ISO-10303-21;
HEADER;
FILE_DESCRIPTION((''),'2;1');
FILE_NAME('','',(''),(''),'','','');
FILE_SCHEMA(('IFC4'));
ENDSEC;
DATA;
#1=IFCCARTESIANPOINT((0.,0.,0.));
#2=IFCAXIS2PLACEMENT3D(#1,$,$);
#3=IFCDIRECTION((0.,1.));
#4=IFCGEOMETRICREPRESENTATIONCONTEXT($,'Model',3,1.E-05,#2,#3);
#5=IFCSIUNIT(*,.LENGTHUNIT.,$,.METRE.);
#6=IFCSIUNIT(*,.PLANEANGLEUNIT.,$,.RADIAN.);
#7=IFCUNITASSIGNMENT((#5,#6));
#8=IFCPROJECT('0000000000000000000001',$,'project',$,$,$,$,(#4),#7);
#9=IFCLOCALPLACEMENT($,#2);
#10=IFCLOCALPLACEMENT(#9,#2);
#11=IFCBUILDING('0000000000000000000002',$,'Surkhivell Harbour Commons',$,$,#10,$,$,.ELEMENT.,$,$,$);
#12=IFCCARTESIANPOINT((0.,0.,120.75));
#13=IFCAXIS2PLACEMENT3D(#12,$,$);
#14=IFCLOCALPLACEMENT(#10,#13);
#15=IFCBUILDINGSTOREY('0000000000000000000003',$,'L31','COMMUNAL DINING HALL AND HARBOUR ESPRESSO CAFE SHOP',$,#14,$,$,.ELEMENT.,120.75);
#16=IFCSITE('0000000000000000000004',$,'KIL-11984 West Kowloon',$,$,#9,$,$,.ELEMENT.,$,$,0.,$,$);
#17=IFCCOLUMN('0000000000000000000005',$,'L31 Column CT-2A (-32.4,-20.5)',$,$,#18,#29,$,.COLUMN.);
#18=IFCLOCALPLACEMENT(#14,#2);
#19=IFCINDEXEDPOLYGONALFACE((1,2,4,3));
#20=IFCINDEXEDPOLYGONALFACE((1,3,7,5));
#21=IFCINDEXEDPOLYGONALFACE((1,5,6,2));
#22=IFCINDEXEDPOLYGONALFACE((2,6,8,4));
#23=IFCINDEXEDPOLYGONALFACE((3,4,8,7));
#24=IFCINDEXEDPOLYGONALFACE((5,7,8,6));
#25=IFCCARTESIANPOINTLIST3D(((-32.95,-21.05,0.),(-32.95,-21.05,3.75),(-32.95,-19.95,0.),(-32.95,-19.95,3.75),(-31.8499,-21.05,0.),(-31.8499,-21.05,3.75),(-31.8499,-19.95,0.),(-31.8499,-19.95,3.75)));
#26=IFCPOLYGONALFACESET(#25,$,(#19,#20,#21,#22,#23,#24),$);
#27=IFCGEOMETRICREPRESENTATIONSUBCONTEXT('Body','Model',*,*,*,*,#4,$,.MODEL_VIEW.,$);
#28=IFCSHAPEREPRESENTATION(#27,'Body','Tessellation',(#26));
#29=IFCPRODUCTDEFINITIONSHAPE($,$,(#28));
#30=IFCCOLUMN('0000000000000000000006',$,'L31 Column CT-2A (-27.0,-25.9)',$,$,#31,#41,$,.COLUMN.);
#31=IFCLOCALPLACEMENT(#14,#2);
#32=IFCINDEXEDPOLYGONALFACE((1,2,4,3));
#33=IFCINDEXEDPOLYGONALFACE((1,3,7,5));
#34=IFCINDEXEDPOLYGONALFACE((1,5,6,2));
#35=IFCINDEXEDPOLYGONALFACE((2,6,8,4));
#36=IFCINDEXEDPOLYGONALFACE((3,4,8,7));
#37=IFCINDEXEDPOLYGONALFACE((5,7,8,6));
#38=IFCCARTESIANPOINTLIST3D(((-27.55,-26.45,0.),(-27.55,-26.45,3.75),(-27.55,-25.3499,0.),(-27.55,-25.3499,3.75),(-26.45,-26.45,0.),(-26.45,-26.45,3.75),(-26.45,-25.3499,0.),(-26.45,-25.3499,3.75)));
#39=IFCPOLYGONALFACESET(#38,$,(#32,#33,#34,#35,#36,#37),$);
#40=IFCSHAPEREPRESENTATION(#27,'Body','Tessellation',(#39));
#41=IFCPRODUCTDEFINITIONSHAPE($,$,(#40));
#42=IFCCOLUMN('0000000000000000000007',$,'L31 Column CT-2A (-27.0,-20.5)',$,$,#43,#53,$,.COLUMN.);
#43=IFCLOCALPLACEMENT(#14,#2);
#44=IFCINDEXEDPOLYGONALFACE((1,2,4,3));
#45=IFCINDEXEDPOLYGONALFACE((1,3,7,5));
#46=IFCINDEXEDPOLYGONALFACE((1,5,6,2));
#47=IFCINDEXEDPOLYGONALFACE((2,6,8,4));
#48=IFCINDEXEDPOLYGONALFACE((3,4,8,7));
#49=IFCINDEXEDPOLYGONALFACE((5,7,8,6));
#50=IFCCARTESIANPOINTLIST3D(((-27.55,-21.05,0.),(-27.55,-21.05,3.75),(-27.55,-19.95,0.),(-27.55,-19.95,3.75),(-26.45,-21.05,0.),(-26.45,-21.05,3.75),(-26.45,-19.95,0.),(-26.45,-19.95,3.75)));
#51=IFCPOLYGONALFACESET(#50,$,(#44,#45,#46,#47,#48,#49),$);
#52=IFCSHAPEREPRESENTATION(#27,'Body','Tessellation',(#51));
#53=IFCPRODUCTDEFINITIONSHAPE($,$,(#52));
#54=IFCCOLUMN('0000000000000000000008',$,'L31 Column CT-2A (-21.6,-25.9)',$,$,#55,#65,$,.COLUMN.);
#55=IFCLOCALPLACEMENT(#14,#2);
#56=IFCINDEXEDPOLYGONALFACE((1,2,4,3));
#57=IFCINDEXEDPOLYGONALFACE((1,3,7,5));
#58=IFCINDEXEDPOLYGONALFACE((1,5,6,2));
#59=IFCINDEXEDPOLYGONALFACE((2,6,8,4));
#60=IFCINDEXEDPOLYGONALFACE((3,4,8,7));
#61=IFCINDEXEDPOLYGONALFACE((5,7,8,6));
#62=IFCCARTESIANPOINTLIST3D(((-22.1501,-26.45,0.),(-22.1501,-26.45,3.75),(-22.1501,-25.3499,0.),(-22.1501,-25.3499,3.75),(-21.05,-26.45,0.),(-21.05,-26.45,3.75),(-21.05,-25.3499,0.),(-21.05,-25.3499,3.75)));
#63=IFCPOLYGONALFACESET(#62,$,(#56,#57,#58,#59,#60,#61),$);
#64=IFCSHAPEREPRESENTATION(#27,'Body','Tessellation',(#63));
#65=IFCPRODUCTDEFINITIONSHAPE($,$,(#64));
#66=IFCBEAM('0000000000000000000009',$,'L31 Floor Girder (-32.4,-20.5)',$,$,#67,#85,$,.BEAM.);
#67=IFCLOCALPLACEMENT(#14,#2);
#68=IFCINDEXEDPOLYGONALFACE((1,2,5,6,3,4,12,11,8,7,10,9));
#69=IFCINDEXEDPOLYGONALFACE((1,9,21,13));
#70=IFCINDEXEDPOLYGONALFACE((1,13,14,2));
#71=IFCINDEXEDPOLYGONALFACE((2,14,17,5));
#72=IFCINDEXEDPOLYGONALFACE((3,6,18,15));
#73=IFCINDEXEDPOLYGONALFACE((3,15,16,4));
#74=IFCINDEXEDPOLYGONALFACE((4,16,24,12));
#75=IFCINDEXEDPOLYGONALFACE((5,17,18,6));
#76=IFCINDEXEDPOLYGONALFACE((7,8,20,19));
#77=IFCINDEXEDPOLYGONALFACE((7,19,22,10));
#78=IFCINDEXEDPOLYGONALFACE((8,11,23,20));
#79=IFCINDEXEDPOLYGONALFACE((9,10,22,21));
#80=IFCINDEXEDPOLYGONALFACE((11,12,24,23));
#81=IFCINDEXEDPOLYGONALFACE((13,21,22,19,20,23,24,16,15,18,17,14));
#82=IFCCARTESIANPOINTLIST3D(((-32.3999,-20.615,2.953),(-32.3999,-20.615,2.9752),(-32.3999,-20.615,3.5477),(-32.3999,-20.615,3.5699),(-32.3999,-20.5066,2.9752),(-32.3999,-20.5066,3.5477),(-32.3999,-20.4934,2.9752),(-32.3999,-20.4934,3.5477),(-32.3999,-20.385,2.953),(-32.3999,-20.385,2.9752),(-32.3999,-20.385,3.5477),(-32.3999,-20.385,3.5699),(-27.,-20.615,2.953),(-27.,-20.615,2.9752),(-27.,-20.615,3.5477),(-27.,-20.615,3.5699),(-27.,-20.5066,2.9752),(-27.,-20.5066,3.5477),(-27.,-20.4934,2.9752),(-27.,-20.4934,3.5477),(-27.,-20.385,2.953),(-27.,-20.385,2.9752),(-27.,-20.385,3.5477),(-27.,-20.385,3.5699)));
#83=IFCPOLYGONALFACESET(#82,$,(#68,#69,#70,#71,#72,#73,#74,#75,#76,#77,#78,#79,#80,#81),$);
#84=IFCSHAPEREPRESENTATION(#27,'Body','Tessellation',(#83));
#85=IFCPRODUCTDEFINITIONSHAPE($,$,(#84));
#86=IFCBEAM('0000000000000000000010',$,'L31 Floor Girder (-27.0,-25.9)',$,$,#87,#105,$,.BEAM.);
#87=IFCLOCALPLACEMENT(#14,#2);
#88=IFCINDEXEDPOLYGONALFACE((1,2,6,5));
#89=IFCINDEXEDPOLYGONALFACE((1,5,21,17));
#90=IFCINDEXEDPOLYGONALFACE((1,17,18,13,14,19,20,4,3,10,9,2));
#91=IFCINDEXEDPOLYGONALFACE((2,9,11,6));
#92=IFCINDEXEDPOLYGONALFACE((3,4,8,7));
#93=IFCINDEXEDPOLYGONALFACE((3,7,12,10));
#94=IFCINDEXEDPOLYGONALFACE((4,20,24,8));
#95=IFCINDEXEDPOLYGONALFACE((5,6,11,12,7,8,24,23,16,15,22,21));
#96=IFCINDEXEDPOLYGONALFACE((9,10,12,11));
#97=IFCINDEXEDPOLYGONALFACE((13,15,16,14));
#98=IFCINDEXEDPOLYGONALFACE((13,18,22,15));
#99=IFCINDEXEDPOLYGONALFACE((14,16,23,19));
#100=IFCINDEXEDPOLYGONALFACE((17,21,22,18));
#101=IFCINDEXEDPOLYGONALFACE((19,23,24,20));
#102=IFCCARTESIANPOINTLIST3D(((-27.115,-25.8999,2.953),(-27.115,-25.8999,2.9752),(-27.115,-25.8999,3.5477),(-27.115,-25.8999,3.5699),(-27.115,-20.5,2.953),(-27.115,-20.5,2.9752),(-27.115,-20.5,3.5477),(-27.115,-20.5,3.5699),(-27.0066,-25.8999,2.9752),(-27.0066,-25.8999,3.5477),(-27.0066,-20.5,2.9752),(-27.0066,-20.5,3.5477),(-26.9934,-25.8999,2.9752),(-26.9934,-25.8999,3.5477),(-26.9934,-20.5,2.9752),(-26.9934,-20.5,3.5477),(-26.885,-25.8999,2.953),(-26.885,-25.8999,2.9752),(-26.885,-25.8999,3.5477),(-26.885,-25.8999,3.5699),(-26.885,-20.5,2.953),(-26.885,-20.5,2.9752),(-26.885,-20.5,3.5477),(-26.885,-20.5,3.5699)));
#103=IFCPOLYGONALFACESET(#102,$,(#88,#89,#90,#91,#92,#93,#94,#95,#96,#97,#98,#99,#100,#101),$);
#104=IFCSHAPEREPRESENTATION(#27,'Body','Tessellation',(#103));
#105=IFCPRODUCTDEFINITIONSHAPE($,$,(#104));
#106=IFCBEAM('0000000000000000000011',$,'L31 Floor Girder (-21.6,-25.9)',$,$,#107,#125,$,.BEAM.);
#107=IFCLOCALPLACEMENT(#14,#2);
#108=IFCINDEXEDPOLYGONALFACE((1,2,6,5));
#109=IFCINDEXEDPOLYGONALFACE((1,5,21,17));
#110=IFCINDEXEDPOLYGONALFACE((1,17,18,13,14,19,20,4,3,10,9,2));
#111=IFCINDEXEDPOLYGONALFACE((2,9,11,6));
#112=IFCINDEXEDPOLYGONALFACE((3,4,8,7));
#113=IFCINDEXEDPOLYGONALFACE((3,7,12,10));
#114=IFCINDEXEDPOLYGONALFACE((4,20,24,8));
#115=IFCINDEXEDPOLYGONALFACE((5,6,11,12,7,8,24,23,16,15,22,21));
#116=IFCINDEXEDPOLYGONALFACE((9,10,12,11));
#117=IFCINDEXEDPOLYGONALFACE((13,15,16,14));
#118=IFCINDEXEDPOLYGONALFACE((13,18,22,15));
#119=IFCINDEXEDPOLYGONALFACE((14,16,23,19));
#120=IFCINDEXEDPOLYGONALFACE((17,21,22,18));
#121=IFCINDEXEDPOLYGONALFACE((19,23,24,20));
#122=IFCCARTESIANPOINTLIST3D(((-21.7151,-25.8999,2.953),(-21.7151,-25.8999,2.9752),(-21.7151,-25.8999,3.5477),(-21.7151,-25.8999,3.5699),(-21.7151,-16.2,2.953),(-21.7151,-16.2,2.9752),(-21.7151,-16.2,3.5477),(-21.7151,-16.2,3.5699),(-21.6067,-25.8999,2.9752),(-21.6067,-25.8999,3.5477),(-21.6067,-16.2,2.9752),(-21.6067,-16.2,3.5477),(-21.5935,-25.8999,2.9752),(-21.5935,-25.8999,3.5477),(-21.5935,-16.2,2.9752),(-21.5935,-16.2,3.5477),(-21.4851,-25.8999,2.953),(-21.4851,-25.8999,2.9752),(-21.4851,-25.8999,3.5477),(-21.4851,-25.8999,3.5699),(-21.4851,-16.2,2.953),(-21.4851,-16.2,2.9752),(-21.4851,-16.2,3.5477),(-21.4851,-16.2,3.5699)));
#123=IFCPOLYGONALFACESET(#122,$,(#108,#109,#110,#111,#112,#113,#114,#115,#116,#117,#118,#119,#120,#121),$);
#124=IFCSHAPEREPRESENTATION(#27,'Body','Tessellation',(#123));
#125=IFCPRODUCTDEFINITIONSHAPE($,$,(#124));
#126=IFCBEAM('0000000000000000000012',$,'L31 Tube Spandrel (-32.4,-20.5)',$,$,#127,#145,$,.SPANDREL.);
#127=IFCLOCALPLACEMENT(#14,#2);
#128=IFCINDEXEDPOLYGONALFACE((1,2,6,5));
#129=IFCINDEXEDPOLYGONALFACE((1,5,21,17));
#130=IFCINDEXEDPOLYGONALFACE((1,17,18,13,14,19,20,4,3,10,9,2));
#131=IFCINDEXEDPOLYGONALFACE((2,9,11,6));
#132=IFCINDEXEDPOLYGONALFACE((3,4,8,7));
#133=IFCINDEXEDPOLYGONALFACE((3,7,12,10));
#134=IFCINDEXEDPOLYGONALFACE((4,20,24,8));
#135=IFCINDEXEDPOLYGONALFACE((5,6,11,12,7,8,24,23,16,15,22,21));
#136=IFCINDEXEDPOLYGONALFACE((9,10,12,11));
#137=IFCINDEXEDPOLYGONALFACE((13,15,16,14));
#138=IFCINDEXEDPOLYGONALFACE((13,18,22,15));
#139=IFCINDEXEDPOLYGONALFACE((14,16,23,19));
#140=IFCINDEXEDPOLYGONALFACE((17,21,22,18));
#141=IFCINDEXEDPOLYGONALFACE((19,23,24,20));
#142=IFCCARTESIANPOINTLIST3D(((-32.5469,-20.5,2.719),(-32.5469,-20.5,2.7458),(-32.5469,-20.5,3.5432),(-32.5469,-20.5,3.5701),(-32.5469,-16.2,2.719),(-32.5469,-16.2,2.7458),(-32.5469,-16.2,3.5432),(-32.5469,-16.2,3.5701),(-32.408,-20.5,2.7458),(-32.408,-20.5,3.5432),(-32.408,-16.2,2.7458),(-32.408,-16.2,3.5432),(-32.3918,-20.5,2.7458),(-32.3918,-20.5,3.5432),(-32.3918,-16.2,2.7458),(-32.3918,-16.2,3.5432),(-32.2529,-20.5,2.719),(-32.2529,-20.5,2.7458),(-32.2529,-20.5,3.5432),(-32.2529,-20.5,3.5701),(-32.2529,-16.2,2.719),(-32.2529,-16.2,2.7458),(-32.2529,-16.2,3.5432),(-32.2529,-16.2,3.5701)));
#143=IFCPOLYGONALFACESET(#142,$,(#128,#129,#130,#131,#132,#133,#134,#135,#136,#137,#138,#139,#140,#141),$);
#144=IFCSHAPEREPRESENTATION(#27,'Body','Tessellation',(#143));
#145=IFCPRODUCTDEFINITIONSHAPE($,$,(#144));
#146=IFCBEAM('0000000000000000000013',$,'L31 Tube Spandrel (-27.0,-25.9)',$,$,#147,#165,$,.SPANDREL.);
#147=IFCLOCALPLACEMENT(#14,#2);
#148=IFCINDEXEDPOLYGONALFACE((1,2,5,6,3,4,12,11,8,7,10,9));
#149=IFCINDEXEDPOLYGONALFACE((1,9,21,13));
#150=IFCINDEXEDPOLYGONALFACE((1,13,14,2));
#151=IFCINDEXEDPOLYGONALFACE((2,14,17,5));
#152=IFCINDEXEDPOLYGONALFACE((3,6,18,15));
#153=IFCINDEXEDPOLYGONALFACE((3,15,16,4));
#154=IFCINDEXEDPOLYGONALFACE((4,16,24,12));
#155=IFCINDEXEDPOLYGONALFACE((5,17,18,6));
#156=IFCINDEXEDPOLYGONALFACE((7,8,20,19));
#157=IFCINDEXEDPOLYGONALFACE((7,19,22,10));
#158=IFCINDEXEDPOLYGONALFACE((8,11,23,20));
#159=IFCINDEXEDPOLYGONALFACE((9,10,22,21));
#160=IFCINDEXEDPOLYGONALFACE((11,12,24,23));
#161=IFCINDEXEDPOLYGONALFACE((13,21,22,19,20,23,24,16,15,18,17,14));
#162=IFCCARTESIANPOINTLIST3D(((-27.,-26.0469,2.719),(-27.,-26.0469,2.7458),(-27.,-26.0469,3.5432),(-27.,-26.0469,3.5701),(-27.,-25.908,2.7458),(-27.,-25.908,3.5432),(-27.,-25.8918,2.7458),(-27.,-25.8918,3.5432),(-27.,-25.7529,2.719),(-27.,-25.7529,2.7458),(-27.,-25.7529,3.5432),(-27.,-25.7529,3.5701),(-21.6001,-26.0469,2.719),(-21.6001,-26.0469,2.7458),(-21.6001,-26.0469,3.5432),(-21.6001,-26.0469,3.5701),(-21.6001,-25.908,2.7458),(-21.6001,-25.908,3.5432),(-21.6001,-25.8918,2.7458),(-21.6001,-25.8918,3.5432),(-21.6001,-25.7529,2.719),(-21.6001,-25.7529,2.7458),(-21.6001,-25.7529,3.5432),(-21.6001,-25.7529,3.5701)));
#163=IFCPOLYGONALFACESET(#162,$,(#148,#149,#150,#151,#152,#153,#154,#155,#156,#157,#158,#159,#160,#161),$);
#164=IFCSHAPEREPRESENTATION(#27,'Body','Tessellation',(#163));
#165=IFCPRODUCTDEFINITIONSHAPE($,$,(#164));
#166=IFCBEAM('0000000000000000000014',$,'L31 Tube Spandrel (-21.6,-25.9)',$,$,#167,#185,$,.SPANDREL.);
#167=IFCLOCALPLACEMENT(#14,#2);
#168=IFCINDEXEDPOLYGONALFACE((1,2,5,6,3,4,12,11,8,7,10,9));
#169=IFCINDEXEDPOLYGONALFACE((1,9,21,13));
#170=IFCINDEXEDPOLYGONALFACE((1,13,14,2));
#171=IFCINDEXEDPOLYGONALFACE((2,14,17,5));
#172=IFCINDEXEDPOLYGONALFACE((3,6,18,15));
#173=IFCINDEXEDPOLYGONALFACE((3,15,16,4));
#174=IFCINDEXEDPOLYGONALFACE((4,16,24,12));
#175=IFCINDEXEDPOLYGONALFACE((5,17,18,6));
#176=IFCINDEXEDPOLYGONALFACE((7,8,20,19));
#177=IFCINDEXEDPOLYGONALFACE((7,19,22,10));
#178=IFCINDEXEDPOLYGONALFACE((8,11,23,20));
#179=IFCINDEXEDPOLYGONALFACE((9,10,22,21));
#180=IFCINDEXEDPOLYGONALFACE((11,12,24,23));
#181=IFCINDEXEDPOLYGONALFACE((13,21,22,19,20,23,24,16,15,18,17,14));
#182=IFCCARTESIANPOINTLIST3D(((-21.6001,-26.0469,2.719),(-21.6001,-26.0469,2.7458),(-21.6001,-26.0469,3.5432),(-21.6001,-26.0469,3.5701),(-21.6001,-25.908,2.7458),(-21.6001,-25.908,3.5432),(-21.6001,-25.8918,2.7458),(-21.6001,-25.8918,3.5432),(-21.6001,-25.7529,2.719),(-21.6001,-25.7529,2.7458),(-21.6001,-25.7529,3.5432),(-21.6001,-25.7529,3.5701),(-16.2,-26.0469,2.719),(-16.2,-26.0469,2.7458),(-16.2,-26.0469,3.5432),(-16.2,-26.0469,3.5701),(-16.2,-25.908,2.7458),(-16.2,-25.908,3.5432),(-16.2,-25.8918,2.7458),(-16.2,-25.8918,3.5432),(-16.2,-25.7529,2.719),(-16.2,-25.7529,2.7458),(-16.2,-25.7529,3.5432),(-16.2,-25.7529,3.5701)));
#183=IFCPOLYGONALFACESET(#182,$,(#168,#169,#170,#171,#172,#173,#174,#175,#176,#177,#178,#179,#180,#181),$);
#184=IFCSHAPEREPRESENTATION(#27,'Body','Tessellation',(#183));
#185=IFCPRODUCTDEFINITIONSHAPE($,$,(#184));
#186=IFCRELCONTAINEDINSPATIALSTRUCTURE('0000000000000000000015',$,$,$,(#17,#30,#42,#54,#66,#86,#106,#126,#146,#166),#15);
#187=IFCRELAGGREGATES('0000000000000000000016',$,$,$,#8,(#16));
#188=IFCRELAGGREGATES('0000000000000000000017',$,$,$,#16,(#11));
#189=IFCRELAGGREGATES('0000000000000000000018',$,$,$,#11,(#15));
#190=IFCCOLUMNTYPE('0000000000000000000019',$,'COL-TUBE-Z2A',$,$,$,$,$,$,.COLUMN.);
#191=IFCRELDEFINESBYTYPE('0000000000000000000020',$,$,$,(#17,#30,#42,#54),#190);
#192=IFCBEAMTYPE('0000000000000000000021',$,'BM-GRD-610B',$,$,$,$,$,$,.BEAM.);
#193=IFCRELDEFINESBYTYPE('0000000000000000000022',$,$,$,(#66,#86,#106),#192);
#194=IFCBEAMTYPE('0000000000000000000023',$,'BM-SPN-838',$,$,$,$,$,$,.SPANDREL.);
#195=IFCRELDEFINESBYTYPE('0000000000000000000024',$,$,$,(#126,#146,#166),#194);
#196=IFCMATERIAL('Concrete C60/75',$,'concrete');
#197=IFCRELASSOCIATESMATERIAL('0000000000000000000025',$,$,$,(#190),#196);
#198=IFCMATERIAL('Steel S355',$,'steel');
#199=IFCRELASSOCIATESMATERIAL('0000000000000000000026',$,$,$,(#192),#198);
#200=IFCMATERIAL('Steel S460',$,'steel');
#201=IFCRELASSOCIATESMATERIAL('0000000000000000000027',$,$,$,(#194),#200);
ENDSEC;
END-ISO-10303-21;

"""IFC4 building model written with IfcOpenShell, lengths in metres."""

from ifc_helpers import new_model, si_unit, direction, frame, origin, origin_2d, place, context, subcontext, project, spatial, rectangle, i_section, extrude, material, material_profile, profile_set, type_object, element, save


model = new_model("IFC4")

# Units and contexts
model_context = context("Model", 3, precision=1e-05, world=origin(), true_north=direction((0.0, 1.0)))
body_context = subcontext(model_context, "Body", "Model", "MODEL_VIEW")
ifc_project = project(units=[si_unit("LENGTHUNIT", "METRE"), si_unit("PLANEANGLEUNIT", "RADIAN")], contexts=[model_context])

# Site, building, storey
site_placement = place(None, origin())
site = spatial("IfcSite", under=ifc_project, at=site_placement, Name="KIL-11984 West Kowloon", CompositionType="ELEMENT", RefElevation=0.0)
building_placement = place(site_placement, origin())
building = spatial("IfcBuilding", under=site, at=building_placement, Name="Surkhivell Harbour Commons", CompositionType="ELEMENT")
storey_placement = place(building_placement, frame((0.0, 0.0, 120.75)))
storey = spatial("IfcBuildingStorey", under=building, at=storey_placement, Name="L31", Description="COMMUNAL DINING HALL AND HARBOUR ESPRESSO CAFE SHOP", CompositionType="ELEMENT", Elevation=120.75)

# Columns
ifc_material_1 = material(Name="Concrete C60/75", Category="concrete")
ifc_material_profile_1 = material_profile(ifc_material_1, rectangle(XDim=1.1001, YDim=1.1001, at=origin_2d()), Name="RC-COL-1100x1100")
ifc_profile_set_1 = profile_set([ifc_material_profile_1], Name="Concrete C60/75")
column_type = type_object("IfcColumnType", Name="COL-TUBE-Z2A", PredefinedType="COLUMN", material=ifc_profile_set_1)
for number, where, z_axis, x_axis, name in (
    (1, (-32.3999, -20.5, 0.0), (0.0, 0.0, 1.0), (1.0, 0.0, 0.0), "L31 Column CT-2A (-32.4,-20.5)"),
    (2, (-27.0, -25.8999, 0.0), (0.0, 0.0, 1.0), (1.0, 0.0, 0.0), "L31 Column CT-2A (-27.0,-25.9)"),
    (3, (-27.0, -20.5, 0.0), (0.0, 0.0, 1.0), (1.0, 0.0, 0.0), "L31 Column CT-2A (-27.0,-20.5)"),
    (4, (-21.6001, -25.8999, 0.0), (0.0, 0.0, 1.0), (1.0, 0.0, 0.0), "L31 Column CT-2A (-21.6,-25.9)"),
):
    element("IfcColumn", number, at=place(storey_placement, frame(where, z_axis=z_axis, x_axis=x_axis)), inside=storey, type_object=column_type, Name=name, PredefinedType="COLUMN", context=body_context, shape_type="SweptSolid", body=[
        extrude(rectangle(XDim=1.1001, YDim=1.1001, at=origin_2d()), origin(), (0.0, 0.0, 1.0), 3.75),
    ])

# Beams
ifc_material_2 = material(Name="Steel S355", Category="steel")
ifc_material_profile_2 = material_profile(ifc_material_2, i_section(OverallWidth=0.23, OverallDepth=0.6169, WebThickness=0.0132, FlangeThickness=0.0222, at=origin_2d()), Name="UB610x229x140")
ifc_profile_set_2 = profile_set([ifc_material_profile_2], Name="Steel S355")
beam_type_1 = type_object("IfcBeamType", Name="BM-GRD-610B", PredefinedType="BEAM", material=ifc_profile_set_2)
for number, where, z_axis, x_axis, name in (
    (5, (-32.3999, -20.5, 3.2615), (1.0, 0.0, 0.0), (0.0, 1.0, 0.0), "L31 Floor Girder (-32.4,-20.5)"),
    (6, (-27.0, -25.8999, 3.2615), (0.0, 1.0, 0.0), (-1.0, 0.0, 0.0), "L31 Floor Girder (-27.0,-25.9)"),
):
    element("IfcBeam", number, at=place(storey_placement, frame(where, z_axis=z_axis, x_axis=x_axis)), inside=storey, type_object=beam_type_1, Name=name, PredefinedType="BEAM", context=body_context, shape_type="SweptSolid", body=[
        extrude(i_section(OverallWidth=0.23, OverallDepth=0.6169, WebThickness=0.0132, FlangeThickness=0.0222, at=origin_2d()), origin(), (0.0, 0.0, 1.0), 5.3999),
    ])
beam_1_placement = place(storey_placement, frame((-21.6001, -25.8999, 3.2615), z_axis=(0.0, 1.0, 0.0), x_axis=(-1.0, 0.0, 0.0)))
element("IfcBeam", 7, at=beam_1_placement, inside=storey, type_object=beam_type_1, Name="L31 Floor Girder (-21.6,-25.9)", PredefinedType="BEAM", context=body_context, shape_type="SweptSolid", body=[
    extrude(i_section(OverallWidth=0.23, OverallDepth=0.6169, WebThickness=0.0132, FlangeThickness=0.0222, at=origin_2d()), origin(), (0.0, 0.0, 1.0), 9.7),
])
ifc_material_3 = material(Name="Steel S460", Category="steel")
ifc_material_profile_3 = material_profile(ifc_material_3, i_section(OverallWidth=0.2939, OverallDepth=0.8511, WebThickness=0.0161, FlangeThickness=0.0269, at=origin_2d()), Name="UB838x292x226")
ifc_profile_set_3 = profile_set([ifc_material_profile_3], Name="Steel S460")
beam_type_2 = type_object("IfcBeamType", Name="BM-SPN-838", PredefinedType="SPANDREL", material=ifc_profile_set_3)
beam_2_placement = place(storey_placement, frame((-32.3999, -20.5, 3.1445), z_axis=(0.0, 1.0, 0.0), x_axis=(-1.0, 0.0, 0.0)))
element("IfcBeam", 8, at=beam_2_placement, inside=storey, type_object=beam_type_2, Name="L31 Tube Spandrel (-32.4,-20.5)", PredefinedType="SPANDREL", context=body_context, shape_type="SweptSolid", body=[
    extrude(i_section(OverallWidth=0.2939, OverallDepth=0.8511, WebThickness=0.0161, FlangeThickness=0.0269, at=origin_2d()), origin(), (0.0, 0.0, 1.0), 4.3),
])
beam_3_placement = place(storey_placement, frame((-27.0, -25.8999, 3.1445), z_axis=(1.0, 0.0, 0.0), x_axis=(0.0, 1.0, 0.0)))
element("IfcBeam", 9, at=beam_3_placement, inside=storey, type_object=beam_type_2, Name="L31 Tube Spandrel (-27.0,-25.9)", PredefinedType="SPANDREL", context=body_context, shape_type="SweptSolid", body=[
    extrude(i_section(OverallWidth=0.2939, OverallDepth=0.8511, WebThickness=0.0161, FlangeThickness=0.0269, at=origin_2d()), origin(), (0.0, 0.0, 1.0), 5.3999),
])
beam_4_placement = place(storey_placement, frame((-21.6001, -25.8999, 3.1445), z_axis=(1.0, 0.0, 0.0), x_axis=(0.0, 1.0, 0.0)))
element("IfcBeam", 10, at=beam_4_placement, inside=storey, type_object=beam_type_2, Name="L31 Tube Spandrel (-21.6,-25.9)", PredefinedType="SPANDREL", context=body_context, shape_type="SweptSolid", body=[
    extrude(i_section(OverallWidth=0.2939, OverallDepth=0.8511, WebThickness=0.0161, FlangeThickness=0.0269, at=origin_2d()), origin(), (0.0, 0.0, 1.0), 5.4001),
])

save(model, "model.ifc")
